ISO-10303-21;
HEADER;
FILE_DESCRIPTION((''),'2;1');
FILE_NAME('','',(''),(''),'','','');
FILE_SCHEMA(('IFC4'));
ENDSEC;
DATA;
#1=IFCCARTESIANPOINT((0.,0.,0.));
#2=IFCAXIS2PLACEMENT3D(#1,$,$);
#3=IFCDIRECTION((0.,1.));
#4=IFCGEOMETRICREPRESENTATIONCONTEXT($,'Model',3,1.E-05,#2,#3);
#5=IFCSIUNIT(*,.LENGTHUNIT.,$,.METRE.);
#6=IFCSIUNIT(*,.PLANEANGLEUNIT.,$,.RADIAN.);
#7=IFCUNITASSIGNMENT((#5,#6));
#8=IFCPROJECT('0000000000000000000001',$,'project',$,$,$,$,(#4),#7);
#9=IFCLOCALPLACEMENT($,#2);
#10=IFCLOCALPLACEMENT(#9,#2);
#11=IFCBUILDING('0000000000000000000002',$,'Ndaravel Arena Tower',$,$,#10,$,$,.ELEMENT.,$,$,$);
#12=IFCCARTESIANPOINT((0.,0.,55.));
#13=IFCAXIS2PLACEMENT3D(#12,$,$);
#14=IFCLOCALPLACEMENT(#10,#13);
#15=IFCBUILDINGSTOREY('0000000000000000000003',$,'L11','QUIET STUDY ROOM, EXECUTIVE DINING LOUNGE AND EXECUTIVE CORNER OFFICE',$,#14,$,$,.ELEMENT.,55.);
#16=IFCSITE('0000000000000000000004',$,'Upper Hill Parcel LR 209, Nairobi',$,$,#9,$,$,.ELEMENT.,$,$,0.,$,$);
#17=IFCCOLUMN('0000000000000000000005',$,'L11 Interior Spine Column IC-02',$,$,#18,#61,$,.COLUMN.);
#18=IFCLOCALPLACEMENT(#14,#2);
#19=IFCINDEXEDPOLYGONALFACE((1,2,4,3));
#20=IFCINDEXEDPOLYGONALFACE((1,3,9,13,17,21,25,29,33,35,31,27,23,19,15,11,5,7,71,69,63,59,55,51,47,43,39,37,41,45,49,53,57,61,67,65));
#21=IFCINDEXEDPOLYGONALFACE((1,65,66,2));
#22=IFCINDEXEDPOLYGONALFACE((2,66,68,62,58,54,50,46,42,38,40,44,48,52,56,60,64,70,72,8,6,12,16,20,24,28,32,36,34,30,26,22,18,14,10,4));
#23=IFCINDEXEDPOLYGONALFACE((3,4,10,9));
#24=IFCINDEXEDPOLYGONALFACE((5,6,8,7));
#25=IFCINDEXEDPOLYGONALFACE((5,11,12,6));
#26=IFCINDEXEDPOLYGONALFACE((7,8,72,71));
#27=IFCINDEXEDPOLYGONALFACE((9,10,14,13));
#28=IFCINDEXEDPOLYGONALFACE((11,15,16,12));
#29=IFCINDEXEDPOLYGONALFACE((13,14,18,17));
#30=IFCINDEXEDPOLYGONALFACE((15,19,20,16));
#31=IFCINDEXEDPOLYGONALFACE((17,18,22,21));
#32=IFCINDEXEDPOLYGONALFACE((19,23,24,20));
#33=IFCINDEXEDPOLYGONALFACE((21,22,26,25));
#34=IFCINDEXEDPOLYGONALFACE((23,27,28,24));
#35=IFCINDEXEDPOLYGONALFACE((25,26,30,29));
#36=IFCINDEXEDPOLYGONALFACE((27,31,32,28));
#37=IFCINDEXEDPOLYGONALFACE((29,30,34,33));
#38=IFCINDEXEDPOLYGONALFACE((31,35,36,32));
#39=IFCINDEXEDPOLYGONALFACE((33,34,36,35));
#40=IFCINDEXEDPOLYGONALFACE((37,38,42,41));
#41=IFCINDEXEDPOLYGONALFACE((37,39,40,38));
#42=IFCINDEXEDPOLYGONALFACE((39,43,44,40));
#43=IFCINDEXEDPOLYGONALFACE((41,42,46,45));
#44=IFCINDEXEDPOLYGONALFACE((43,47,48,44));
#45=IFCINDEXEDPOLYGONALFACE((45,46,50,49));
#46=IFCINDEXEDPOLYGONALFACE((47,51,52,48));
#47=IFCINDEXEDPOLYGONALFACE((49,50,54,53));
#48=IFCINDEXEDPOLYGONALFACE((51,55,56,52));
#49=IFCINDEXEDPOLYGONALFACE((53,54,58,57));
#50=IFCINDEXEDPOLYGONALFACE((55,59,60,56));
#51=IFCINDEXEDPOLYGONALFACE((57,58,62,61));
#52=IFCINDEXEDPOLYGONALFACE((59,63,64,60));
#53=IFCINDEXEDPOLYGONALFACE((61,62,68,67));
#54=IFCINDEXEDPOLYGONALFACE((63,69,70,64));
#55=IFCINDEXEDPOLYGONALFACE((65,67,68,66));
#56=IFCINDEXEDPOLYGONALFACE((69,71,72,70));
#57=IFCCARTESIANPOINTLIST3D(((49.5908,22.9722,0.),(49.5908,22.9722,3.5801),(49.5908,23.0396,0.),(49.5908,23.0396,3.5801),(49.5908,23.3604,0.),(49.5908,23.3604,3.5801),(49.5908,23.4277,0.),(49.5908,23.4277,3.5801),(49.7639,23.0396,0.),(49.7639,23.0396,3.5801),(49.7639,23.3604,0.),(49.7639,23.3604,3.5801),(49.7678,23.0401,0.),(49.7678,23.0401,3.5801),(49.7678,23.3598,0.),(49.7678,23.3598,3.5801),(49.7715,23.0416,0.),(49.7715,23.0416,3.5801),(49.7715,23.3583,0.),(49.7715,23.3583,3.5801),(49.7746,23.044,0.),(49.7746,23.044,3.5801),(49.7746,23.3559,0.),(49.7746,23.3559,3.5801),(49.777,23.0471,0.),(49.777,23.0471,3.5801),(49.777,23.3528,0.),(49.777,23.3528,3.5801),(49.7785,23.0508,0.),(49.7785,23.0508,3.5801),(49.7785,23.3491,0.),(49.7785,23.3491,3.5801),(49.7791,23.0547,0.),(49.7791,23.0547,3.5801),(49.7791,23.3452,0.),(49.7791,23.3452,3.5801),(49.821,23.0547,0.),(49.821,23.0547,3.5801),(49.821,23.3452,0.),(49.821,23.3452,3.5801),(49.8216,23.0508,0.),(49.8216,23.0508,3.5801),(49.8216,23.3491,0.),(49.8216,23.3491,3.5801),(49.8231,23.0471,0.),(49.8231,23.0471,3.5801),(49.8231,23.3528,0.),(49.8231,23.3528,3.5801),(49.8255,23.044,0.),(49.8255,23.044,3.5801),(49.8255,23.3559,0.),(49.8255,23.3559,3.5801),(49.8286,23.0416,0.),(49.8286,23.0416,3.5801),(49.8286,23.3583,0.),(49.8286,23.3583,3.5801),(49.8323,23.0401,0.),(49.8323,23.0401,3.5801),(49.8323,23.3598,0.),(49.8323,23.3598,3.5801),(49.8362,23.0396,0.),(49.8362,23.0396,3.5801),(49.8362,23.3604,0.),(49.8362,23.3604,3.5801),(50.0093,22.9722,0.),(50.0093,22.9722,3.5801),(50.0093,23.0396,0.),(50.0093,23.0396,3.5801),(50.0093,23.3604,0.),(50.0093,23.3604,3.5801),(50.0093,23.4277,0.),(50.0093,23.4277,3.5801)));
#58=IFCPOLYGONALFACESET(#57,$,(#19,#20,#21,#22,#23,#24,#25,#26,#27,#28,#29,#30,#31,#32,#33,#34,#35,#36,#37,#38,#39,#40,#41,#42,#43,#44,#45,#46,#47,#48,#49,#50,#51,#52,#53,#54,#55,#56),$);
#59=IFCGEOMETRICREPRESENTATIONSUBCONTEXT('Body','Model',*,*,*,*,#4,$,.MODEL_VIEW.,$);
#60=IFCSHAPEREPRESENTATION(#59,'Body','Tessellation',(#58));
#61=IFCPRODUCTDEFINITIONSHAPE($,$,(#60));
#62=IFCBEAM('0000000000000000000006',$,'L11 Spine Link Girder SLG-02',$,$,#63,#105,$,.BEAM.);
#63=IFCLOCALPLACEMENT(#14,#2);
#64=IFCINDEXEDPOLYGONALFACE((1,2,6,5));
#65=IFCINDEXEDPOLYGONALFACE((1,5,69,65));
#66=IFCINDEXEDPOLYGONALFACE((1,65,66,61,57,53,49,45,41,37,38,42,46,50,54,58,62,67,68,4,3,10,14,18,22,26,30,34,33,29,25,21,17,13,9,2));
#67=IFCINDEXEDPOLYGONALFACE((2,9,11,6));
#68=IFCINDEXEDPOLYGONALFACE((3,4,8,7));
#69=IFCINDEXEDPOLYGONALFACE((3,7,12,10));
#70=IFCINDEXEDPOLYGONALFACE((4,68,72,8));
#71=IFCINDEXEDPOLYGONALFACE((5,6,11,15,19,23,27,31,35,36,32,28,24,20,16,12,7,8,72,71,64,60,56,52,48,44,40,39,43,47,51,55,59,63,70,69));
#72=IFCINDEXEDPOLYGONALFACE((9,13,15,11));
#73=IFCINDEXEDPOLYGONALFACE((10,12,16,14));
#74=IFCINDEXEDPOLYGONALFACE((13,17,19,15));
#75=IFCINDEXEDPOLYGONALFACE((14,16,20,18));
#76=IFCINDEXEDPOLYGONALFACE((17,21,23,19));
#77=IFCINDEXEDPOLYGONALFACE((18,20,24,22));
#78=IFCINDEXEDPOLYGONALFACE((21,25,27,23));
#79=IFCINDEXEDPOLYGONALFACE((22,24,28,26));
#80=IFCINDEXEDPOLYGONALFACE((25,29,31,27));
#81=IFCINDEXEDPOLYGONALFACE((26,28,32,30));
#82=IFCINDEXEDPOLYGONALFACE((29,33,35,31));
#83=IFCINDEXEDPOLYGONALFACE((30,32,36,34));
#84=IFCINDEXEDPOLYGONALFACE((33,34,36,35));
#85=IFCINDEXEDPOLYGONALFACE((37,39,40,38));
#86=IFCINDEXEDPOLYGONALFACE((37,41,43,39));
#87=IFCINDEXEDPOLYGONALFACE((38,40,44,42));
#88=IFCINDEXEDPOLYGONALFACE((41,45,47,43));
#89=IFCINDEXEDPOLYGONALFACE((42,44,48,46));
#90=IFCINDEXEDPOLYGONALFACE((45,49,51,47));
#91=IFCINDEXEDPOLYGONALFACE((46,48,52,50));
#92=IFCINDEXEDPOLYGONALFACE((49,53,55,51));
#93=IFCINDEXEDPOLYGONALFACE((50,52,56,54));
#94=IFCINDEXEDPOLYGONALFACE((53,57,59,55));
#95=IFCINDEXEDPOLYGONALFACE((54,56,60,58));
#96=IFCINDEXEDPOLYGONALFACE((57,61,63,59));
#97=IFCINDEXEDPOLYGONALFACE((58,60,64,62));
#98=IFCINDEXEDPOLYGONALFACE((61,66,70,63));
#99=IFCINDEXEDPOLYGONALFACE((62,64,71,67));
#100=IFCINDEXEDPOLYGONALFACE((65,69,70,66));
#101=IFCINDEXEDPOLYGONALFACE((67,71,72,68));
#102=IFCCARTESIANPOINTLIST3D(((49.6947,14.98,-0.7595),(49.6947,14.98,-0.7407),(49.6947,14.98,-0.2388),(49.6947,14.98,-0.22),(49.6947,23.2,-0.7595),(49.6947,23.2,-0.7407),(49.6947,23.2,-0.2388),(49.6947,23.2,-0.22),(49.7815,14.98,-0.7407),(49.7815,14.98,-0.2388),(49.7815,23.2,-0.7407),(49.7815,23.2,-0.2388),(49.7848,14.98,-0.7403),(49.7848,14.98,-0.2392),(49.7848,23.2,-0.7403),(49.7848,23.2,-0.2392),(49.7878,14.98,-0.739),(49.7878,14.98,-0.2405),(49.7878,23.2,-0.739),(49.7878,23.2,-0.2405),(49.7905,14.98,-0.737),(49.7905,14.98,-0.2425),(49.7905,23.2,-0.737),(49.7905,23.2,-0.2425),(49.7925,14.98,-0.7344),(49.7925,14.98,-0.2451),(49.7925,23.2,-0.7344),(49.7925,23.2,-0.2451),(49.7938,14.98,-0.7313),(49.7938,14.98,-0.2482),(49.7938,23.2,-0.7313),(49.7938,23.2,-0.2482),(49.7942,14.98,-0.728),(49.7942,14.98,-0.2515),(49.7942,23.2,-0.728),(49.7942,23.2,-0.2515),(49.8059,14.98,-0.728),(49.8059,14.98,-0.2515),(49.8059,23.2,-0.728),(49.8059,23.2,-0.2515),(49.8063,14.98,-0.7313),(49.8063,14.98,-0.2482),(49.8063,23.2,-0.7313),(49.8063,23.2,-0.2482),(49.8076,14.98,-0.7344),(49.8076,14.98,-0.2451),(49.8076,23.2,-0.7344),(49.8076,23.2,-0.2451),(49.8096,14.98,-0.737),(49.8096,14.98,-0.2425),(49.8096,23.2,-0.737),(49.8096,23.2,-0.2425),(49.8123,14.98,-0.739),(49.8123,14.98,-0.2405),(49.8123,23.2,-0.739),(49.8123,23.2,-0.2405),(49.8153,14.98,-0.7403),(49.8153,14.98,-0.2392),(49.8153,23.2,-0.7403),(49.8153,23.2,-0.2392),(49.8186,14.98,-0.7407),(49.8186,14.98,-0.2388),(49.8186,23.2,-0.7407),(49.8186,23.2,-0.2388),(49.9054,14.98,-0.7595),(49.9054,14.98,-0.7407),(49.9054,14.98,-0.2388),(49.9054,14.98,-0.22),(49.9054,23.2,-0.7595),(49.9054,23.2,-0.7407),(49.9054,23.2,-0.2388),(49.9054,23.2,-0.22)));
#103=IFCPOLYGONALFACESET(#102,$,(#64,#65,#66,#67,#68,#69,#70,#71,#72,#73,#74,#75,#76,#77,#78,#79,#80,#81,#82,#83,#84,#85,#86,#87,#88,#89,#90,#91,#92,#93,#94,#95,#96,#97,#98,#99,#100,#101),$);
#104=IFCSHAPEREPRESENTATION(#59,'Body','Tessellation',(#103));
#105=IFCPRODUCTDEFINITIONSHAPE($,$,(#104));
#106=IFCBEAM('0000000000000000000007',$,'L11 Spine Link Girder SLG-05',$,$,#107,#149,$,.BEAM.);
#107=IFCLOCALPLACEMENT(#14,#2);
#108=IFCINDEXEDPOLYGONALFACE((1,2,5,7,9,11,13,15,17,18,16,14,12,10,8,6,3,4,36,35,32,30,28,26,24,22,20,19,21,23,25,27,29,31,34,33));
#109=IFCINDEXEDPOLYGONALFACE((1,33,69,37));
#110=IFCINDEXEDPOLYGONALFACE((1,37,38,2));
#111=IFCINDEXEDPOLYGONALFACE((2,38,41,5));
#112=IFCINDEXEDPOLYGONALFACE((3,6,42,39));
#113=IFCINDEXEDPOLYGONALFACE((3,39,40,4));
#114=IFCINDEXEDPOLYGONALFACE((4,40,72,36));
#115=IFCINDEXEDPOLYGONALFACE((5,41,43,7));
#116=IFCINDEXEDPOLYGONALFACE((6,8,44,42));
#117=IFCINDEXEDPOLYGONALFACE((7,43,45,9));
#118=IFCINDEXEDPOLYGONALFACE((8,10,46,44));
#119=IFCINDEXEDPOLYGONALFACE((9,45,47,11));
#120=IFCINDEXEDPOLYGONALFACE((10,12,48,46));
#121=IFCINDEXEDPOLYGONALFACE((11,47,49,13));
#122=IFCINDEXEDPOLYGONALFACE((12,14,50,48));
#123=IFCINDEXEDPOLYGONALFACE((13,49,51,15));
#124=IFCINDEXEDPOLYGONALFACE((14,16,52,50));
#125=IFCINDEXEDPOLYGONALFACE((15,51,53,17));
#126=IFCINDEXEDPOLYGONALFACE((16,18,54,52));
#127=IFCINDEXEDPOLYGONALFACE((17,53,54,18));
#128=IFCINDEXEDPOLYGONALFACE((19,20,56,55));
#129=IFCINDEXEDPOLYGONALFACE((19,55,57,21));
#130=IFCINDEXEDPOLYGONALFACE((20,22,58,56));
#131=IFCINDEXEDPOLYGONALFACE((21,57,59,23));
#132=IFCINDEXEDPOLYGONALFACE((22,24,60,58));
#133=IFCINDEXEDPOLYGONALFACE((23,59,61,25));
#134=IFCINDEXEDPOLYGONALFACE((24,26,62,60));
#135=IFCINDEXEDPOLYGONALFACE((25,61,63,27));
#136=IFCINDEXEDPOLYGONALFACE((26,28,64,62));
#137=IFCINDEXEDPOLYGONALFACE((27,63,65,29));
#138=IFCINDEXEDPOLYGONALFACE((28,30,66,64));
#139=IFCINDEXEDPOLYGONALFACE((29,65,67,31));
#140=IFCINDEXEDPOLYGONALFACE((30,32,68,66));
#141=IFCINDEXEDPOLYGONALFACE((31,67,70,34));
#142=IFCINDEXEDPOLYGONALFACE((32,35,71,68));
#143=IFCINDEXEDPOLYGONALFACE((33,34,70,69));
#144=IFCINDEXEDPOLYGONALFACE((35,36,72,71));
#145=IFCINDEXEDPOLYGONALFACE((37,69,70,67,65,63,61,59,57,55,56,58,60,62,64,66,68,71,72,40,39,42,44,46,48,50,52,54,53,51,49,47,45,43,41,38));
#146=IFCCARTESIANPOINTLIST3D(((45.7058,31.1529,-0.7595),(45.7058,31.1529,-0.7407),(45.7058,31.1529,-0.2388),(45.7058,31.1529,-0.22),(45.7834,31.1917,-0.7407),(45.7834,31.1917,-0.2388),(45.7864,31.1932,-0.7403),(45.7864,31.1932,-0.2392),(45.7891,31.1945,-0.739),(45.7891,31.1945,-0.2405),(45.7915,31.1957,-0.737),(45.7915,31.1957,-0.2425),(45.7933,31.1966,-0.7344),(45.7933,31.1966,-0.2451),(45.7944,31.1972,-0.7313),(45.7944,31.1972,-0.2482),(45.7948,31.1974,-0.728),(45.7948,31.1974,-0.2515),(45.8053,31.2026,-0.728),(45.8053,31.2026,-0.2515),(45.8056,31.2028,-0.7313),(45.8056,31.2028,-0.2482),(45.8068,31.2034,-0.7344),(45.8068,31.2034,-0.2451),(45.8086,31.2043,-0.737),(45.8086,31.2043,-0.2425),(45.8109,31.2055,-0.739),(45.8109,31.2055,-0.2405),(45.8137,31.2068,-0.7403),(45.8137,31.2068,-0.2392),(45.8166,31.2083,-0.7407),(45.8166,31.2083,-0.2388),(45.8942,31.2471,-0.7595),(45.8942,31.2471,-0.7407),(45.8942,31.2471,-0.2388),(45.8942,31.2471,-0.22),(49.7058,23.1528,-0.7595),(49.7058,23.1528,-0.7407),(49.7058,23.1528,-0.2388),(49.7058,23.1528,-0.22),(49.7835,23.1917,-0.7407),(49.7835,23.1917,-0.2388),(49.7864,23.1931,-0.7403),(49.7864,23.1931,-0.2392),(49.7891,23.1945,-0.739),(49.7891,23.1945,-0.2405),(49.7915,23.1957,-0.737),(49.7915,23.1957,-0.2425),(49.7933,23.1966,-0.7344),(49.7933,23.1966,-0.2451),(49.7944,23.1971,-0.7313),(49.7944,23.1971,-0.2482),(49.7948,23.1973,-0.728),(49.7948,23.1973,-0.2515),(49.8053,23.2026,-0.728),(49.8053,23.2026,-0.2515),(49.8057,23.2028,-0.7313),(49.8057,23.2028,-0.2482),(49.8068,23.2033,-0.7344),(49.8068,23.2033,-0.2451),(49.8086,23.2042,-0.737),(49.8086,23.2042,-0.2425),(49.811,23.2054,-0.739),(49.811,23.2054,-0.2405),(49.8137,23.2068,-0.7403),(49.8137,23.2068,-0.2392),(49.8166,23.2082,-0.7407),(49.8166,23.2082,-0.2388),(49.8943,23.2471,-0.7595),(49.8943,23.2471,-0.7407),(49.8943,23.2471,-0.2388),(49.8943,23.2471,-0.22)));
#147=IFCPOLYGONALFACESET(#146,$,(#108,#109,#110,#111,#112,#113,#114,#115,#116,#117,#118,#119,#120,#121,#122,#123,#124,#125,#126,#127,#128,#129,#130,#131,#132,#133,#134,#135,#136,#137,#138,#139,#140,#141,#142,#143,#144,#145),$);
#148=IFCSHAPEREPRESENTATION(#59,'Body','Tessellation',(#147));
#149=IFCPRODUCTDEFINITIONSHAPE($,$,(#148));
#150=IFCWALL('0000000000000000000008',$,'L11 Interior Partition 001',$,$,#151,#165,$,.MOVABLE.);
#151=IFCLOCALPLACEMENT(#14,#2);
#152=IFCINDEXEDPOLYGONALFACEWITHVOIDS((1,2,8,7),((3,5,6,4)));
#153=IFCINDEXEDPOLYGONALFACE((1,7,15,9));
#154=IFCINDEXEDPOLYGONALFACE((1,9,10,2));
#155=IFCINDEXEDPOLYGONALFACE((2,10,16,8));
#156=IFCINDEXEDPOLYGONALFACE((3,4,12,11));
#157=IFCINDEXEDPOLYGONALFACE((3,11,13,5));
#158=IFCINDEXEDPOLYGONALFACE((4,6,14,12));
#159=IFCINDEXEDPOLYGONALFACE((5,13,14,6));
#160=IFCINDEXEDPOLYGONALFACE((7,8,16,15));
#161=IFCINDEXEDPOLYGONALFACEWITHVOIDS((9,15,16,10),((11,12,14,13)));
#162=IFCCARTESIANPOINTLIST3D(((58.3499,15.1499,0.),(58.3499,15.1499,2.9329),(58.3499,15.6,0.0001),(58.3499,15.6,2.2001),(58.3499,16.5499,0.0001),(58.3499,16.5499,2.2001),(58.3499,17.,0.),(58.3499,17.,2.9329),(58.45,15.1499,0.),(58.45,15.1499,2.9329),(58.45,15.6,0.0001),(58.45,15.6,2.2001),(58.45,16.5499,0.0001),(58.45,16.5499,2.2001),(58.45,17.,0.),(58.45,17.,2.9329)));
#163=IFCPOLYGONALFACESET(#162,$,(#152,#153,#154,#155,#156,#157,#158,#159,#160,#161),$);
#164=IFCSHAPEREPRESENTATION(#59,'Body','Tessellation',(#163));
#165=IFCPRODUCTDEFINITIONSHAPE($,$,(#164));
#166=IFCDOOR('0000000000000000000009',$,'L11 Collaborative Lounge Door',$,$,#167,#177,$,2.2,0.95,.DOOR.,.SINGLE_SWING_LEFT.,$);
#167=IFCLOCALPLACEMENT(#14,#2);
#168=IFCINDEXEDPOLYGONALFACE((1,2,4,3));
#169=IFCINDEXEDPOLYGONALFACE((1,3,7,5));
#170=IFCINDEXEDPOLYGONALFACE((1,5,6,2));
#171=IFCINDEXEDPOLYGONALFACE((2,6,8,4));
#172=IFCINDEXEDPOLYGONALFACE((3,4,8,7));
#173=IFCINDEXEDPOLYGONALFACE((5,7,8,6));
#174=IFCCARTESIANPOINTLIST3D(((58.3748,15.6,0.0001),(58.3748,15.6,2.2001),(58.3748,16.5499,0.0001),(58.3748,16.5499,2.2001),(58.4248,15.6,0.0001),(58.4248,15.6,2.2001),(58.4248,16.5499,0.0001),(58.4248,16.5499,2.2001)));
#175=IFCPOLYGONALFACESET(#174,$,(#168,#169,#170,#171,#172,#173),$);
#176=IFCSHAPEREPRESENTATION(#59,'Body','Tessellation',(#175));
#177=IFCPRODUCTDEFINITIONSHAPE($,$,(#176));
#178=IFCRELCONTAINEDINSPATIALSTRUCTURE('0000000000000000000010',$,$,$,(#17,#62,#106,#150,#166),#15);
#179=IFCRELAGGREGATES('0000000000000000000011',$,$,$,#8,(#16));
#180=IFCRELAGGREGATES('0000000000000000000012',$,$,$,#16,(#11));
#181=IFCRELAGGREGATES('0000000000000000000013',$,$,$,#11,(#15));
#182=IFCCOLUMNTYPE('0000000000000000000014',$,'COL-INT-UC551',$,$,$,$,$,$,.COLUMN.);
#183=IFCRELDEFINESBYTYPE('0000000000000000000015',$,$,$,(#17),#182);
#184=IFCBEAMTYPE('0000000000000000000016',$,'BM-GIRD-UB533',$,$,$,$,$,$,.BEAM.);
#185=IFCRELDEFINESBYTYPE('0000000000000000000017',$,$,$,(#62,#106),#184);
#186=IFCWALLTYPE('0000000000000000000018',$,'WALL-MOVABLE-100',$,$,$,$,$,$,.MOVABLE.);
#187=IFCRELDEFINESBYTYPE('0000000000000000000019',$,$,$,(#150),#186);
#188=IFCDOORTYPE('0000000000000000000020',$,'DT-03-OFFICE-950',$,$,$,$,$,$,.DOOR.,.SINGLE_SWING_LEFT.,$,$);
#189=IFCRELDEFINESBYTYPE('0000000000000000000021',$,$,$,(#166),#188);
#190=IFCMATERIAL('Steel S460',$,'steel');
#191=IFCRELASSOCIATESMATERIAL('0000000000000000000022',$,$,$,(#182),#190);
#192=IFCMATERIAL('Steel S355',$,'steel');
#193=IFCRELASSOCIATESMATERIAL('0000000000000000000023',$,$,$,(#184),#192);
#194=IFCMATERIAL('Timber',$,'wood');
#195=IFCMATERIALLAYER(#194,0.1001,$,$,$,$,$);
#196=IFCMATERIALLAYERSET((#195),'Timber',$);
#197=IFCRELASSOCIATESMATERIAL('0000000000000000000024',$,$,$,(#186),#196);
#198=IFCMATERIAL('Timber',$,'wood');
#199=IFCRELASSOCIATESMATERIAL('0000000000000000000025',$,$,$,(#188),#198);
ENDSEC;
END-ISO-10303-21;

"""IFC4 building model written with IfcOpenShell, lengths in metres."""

from ifc_helpers import new_model, si_unit, direction, frame, frame_2d, origin, origin_2d, place, context, subcontext, project, spatial, rectangle, i_section, extrude, material, layer, layer_set, material_profile, profile_set, type_object, element, fill, save


model = new_model("IFC4")

# Units and contexts
model_context = context("Model", 3, precision=1e-05, world=origin(), true_north=direction((0.0, 1.0)))
body_context = subcontext(model_context, "Body", "Model", "MODEL_VIEW")
ifc_project = project(units=[si_unit("LENGTHUNIT", "METRE"), si_unit("PLANEANGLEUNIT", "RADIAN")], contexts=[model_context])

# Site, building, storey
site_placement = place(None, origin())
site = spatial("IfcSite", under=ifc_project, at=site_placement, Name="Upper Hill Parcel LR 209, Nairobi", CompositionType="ELEMENT", RefElevation=0.0)
building_placement = place(site_placement, origin())
building = spatial("IfcBuilding", under=site, at=building_placement, Name="Ndaravel Arena Tower", CompositionType="ELEMENT")
storey_placement = place(building_placement, frame((0.0, 0.0, 55.0)))
storey = spatial("IfcBuildingStorey", under=building, at=storey_placement, Name="L11", Description="QUIET STUDY ROOM, EXECUTIVE DINING LOUNGE AND EXECUTIVE CORNER OFFICE", CompositionType="ELEMENT", Elevation=55.0)

# Column
ifc_material_1 = material(Name="Steel S460", Category="steel")
ifc_material_profile_1 = material_profile(ifc_material_1, i_section(OverallWidth=0.4185, OverallDepth=0.4556, WebThickness=0.042, FlangeThickness=0.0674, FilletRadius=0.0151, at=origin_2d()), Name="UC 356x406x551")
ifc_profile_set_1 = profile_set([ifc_material_profile_1], Name="Steel S460")
column_type = type_object("IfcColumnType", Name="COL-INT-UC551", PredefinedType="COLUMN", material=ifc_profile_set_1)
column_placement = place(storey_placement, frame((49.8, 23.2, 0.0), z_axis=(0.0, 0.0, 1.0), x_axis=(1.0, 0.0, 0.0)))
element("IfcColumn", 1, at=column_placement, inside=storey, type_object=column_type, Name="L11 Interior Spine Column IC-02", PredefinedType="COLUMN", context=body_context, shape_type="SweptSolid", body=[
    extrude(i_section(OverallWidth=0.4185, OverallDepth=0.4556, WebThickness=0.042, FlangeThickness=0.0674, FilletRadius=0.0151, at=origin_2d()), origin(), (0.0, 0.0, 1.0), 3.5801),
])

# Beams
ifc_material_2 = material(Name="Steel S355", Category="steel")
ifc_material_profile_2 = material_profile(ifc_material_2, i_section(OverallWidth=0.2107, OverallDepth=0.5396, WebThickness=0.0117, FlangeThickness=0.0188, FilletRadius=0.0127, at=origin_2d()), Name="UB 533x210x109")
ifc_profile_set_2 = profile_set([ifc_material_profile_2], Name="Steel S355")
beam_type = type_object("IfcBeamType", Name="BM-GIRD-UB533", PredefinedType="BEAM", material=ifc_profile_set_2)
beam_1_placement = place(storey_placement, frame((49.8, 14.98, -0.4897), z_axis=(0.0, 1.0, 0.0), x_axis=(-1.0, 0.0, 0.0)))
element("IfcBeam", 2, at=beam_1_placement, inside=storey, type_object=beam_type, Name="L11 Spine Link Girder SLG-02", PredefinedType="BEAM", context=body_context, shape_type="SweptSolid", body=[
    extrude(i_section(OverallWidth=0.2107, OverallDepth=0.5396, WebThickness=0.0117, FlangeThickness=0.0188, FilletRadius=0.0127, at=origin_2d()), origin(), (0.0, 0.0, 1.0), 8.22),
])
beam_2_placement = place(storey_placement, frame((49.8, 23.2, -0.4897), z_axis=(-0.447214, 0.894427, 0.0), x_axis=(-0.894427, -0.447214, 0.0)))
element("IfcBeam", 3, at=beam_2_placement, inside=storey, type_object=beam_type, Name="L11 Spine Link Girder SLG-05", PredefinedType="BEAM", context=body_context, shape_type="SweptSolid", body=[
    extrude(i_section(OverallWidth=0.2107, OverallDepth=0.5396, WebThickness=0.0117, FlangeThickness=0.0188, FilletRadius=0.0127, at=origin_2d()), origin(), (0.0, 0.0, 1.0), 8.9443),
])

# Wall, opening, door
ifc_material_3 = material(Name="Timber", Category="wood")
ifc_layer_1 = layer(ifc_material_3, 0.1001)
ifc_layer_set_1 = layer_set([ifc_layer_1], Name="Timber")
wall_type_1 = type_object("IfcWallType", Name="WALL-MOVABLE-100", PredefinedType="MOVABLE", material=ifc_layer_set_1)
wall_1_placement = place(storey_placement, frame((58.3999, 17.0, 0.0), z_axis=(0.0, 0.0, 1.0), x_axis=(0.0, -1.0, 0.0)))
wall_1 = element("IfcWall", 4, at=wall_1_placement, inside=storey, type_object=wall_type_1, Name="L11 Interior Partition 001", PredefinedType="MOVABLE", context=body_context, shape_type="SweptSolid", body=[
    extrude(rectangle(XDim=1.8501, YDim=0.1001, at=frame_2d((0.925, 0.0))), origin(), (0.0, 0.0, 1.0), 2.9329),
])
opening_1_placement = place(wall_1_placement, frame((0.45, 0.0, 0.0)))
opening_1 = element("IfcOpeningElement", 5, at=opening_1_placement, cuts=wall_1, PredefinedType="OPENING", context=body_context, shape_type="SweptSolid", body=[
    extrude(rectangle(XDim=0.95, YDim=2.2, at=frame_2d((0.4751, 1.1001))), frame((0.0, 0.05, 0.0), z_axis=(0.0, -1.0, 0.0), x_axis=(1.0, 0.0, 0.0)), (0.0, 0.0, 1.0), 0.1001),
])
ifc_material_4 = material(Name="Timber", Category="wood")
door_type_1 = type_object("IfcDoorType", Name="DT-03-OFFICE-950", OperationType="SINGLE_SWING_LEFT", PredefinedType="DOOR", material=ifc_material_4)
door_1_placement = place(opening_1_placement, origin())
door_1 = element("IfcDoor", 6, at=door_1_placement, inside=storey, type_object=door_type_1, Name="L11 Collaborative Lounge Door", OperationType="SINGLE_SWING_LEFT", OverallHeight=2.2, OverallWidth=0.95, PredefinedType="DOOR", context=body_context, shape_type="SweptSolid", body=[
    extrude(rectangle(XDim=0.95, YDim=2.2, at=frame_2d((0.4751, 1.1001))), frame((0.0, 0.0249, 0.0), z_axis=(0.0, -1.0, 0.0), x_axis=(1.0, 0.0, 0.0)), (0.0, 0.0, 1.0), 0.05),
])
fill(opening_1, door_1)

save(model, "model.ifc")
